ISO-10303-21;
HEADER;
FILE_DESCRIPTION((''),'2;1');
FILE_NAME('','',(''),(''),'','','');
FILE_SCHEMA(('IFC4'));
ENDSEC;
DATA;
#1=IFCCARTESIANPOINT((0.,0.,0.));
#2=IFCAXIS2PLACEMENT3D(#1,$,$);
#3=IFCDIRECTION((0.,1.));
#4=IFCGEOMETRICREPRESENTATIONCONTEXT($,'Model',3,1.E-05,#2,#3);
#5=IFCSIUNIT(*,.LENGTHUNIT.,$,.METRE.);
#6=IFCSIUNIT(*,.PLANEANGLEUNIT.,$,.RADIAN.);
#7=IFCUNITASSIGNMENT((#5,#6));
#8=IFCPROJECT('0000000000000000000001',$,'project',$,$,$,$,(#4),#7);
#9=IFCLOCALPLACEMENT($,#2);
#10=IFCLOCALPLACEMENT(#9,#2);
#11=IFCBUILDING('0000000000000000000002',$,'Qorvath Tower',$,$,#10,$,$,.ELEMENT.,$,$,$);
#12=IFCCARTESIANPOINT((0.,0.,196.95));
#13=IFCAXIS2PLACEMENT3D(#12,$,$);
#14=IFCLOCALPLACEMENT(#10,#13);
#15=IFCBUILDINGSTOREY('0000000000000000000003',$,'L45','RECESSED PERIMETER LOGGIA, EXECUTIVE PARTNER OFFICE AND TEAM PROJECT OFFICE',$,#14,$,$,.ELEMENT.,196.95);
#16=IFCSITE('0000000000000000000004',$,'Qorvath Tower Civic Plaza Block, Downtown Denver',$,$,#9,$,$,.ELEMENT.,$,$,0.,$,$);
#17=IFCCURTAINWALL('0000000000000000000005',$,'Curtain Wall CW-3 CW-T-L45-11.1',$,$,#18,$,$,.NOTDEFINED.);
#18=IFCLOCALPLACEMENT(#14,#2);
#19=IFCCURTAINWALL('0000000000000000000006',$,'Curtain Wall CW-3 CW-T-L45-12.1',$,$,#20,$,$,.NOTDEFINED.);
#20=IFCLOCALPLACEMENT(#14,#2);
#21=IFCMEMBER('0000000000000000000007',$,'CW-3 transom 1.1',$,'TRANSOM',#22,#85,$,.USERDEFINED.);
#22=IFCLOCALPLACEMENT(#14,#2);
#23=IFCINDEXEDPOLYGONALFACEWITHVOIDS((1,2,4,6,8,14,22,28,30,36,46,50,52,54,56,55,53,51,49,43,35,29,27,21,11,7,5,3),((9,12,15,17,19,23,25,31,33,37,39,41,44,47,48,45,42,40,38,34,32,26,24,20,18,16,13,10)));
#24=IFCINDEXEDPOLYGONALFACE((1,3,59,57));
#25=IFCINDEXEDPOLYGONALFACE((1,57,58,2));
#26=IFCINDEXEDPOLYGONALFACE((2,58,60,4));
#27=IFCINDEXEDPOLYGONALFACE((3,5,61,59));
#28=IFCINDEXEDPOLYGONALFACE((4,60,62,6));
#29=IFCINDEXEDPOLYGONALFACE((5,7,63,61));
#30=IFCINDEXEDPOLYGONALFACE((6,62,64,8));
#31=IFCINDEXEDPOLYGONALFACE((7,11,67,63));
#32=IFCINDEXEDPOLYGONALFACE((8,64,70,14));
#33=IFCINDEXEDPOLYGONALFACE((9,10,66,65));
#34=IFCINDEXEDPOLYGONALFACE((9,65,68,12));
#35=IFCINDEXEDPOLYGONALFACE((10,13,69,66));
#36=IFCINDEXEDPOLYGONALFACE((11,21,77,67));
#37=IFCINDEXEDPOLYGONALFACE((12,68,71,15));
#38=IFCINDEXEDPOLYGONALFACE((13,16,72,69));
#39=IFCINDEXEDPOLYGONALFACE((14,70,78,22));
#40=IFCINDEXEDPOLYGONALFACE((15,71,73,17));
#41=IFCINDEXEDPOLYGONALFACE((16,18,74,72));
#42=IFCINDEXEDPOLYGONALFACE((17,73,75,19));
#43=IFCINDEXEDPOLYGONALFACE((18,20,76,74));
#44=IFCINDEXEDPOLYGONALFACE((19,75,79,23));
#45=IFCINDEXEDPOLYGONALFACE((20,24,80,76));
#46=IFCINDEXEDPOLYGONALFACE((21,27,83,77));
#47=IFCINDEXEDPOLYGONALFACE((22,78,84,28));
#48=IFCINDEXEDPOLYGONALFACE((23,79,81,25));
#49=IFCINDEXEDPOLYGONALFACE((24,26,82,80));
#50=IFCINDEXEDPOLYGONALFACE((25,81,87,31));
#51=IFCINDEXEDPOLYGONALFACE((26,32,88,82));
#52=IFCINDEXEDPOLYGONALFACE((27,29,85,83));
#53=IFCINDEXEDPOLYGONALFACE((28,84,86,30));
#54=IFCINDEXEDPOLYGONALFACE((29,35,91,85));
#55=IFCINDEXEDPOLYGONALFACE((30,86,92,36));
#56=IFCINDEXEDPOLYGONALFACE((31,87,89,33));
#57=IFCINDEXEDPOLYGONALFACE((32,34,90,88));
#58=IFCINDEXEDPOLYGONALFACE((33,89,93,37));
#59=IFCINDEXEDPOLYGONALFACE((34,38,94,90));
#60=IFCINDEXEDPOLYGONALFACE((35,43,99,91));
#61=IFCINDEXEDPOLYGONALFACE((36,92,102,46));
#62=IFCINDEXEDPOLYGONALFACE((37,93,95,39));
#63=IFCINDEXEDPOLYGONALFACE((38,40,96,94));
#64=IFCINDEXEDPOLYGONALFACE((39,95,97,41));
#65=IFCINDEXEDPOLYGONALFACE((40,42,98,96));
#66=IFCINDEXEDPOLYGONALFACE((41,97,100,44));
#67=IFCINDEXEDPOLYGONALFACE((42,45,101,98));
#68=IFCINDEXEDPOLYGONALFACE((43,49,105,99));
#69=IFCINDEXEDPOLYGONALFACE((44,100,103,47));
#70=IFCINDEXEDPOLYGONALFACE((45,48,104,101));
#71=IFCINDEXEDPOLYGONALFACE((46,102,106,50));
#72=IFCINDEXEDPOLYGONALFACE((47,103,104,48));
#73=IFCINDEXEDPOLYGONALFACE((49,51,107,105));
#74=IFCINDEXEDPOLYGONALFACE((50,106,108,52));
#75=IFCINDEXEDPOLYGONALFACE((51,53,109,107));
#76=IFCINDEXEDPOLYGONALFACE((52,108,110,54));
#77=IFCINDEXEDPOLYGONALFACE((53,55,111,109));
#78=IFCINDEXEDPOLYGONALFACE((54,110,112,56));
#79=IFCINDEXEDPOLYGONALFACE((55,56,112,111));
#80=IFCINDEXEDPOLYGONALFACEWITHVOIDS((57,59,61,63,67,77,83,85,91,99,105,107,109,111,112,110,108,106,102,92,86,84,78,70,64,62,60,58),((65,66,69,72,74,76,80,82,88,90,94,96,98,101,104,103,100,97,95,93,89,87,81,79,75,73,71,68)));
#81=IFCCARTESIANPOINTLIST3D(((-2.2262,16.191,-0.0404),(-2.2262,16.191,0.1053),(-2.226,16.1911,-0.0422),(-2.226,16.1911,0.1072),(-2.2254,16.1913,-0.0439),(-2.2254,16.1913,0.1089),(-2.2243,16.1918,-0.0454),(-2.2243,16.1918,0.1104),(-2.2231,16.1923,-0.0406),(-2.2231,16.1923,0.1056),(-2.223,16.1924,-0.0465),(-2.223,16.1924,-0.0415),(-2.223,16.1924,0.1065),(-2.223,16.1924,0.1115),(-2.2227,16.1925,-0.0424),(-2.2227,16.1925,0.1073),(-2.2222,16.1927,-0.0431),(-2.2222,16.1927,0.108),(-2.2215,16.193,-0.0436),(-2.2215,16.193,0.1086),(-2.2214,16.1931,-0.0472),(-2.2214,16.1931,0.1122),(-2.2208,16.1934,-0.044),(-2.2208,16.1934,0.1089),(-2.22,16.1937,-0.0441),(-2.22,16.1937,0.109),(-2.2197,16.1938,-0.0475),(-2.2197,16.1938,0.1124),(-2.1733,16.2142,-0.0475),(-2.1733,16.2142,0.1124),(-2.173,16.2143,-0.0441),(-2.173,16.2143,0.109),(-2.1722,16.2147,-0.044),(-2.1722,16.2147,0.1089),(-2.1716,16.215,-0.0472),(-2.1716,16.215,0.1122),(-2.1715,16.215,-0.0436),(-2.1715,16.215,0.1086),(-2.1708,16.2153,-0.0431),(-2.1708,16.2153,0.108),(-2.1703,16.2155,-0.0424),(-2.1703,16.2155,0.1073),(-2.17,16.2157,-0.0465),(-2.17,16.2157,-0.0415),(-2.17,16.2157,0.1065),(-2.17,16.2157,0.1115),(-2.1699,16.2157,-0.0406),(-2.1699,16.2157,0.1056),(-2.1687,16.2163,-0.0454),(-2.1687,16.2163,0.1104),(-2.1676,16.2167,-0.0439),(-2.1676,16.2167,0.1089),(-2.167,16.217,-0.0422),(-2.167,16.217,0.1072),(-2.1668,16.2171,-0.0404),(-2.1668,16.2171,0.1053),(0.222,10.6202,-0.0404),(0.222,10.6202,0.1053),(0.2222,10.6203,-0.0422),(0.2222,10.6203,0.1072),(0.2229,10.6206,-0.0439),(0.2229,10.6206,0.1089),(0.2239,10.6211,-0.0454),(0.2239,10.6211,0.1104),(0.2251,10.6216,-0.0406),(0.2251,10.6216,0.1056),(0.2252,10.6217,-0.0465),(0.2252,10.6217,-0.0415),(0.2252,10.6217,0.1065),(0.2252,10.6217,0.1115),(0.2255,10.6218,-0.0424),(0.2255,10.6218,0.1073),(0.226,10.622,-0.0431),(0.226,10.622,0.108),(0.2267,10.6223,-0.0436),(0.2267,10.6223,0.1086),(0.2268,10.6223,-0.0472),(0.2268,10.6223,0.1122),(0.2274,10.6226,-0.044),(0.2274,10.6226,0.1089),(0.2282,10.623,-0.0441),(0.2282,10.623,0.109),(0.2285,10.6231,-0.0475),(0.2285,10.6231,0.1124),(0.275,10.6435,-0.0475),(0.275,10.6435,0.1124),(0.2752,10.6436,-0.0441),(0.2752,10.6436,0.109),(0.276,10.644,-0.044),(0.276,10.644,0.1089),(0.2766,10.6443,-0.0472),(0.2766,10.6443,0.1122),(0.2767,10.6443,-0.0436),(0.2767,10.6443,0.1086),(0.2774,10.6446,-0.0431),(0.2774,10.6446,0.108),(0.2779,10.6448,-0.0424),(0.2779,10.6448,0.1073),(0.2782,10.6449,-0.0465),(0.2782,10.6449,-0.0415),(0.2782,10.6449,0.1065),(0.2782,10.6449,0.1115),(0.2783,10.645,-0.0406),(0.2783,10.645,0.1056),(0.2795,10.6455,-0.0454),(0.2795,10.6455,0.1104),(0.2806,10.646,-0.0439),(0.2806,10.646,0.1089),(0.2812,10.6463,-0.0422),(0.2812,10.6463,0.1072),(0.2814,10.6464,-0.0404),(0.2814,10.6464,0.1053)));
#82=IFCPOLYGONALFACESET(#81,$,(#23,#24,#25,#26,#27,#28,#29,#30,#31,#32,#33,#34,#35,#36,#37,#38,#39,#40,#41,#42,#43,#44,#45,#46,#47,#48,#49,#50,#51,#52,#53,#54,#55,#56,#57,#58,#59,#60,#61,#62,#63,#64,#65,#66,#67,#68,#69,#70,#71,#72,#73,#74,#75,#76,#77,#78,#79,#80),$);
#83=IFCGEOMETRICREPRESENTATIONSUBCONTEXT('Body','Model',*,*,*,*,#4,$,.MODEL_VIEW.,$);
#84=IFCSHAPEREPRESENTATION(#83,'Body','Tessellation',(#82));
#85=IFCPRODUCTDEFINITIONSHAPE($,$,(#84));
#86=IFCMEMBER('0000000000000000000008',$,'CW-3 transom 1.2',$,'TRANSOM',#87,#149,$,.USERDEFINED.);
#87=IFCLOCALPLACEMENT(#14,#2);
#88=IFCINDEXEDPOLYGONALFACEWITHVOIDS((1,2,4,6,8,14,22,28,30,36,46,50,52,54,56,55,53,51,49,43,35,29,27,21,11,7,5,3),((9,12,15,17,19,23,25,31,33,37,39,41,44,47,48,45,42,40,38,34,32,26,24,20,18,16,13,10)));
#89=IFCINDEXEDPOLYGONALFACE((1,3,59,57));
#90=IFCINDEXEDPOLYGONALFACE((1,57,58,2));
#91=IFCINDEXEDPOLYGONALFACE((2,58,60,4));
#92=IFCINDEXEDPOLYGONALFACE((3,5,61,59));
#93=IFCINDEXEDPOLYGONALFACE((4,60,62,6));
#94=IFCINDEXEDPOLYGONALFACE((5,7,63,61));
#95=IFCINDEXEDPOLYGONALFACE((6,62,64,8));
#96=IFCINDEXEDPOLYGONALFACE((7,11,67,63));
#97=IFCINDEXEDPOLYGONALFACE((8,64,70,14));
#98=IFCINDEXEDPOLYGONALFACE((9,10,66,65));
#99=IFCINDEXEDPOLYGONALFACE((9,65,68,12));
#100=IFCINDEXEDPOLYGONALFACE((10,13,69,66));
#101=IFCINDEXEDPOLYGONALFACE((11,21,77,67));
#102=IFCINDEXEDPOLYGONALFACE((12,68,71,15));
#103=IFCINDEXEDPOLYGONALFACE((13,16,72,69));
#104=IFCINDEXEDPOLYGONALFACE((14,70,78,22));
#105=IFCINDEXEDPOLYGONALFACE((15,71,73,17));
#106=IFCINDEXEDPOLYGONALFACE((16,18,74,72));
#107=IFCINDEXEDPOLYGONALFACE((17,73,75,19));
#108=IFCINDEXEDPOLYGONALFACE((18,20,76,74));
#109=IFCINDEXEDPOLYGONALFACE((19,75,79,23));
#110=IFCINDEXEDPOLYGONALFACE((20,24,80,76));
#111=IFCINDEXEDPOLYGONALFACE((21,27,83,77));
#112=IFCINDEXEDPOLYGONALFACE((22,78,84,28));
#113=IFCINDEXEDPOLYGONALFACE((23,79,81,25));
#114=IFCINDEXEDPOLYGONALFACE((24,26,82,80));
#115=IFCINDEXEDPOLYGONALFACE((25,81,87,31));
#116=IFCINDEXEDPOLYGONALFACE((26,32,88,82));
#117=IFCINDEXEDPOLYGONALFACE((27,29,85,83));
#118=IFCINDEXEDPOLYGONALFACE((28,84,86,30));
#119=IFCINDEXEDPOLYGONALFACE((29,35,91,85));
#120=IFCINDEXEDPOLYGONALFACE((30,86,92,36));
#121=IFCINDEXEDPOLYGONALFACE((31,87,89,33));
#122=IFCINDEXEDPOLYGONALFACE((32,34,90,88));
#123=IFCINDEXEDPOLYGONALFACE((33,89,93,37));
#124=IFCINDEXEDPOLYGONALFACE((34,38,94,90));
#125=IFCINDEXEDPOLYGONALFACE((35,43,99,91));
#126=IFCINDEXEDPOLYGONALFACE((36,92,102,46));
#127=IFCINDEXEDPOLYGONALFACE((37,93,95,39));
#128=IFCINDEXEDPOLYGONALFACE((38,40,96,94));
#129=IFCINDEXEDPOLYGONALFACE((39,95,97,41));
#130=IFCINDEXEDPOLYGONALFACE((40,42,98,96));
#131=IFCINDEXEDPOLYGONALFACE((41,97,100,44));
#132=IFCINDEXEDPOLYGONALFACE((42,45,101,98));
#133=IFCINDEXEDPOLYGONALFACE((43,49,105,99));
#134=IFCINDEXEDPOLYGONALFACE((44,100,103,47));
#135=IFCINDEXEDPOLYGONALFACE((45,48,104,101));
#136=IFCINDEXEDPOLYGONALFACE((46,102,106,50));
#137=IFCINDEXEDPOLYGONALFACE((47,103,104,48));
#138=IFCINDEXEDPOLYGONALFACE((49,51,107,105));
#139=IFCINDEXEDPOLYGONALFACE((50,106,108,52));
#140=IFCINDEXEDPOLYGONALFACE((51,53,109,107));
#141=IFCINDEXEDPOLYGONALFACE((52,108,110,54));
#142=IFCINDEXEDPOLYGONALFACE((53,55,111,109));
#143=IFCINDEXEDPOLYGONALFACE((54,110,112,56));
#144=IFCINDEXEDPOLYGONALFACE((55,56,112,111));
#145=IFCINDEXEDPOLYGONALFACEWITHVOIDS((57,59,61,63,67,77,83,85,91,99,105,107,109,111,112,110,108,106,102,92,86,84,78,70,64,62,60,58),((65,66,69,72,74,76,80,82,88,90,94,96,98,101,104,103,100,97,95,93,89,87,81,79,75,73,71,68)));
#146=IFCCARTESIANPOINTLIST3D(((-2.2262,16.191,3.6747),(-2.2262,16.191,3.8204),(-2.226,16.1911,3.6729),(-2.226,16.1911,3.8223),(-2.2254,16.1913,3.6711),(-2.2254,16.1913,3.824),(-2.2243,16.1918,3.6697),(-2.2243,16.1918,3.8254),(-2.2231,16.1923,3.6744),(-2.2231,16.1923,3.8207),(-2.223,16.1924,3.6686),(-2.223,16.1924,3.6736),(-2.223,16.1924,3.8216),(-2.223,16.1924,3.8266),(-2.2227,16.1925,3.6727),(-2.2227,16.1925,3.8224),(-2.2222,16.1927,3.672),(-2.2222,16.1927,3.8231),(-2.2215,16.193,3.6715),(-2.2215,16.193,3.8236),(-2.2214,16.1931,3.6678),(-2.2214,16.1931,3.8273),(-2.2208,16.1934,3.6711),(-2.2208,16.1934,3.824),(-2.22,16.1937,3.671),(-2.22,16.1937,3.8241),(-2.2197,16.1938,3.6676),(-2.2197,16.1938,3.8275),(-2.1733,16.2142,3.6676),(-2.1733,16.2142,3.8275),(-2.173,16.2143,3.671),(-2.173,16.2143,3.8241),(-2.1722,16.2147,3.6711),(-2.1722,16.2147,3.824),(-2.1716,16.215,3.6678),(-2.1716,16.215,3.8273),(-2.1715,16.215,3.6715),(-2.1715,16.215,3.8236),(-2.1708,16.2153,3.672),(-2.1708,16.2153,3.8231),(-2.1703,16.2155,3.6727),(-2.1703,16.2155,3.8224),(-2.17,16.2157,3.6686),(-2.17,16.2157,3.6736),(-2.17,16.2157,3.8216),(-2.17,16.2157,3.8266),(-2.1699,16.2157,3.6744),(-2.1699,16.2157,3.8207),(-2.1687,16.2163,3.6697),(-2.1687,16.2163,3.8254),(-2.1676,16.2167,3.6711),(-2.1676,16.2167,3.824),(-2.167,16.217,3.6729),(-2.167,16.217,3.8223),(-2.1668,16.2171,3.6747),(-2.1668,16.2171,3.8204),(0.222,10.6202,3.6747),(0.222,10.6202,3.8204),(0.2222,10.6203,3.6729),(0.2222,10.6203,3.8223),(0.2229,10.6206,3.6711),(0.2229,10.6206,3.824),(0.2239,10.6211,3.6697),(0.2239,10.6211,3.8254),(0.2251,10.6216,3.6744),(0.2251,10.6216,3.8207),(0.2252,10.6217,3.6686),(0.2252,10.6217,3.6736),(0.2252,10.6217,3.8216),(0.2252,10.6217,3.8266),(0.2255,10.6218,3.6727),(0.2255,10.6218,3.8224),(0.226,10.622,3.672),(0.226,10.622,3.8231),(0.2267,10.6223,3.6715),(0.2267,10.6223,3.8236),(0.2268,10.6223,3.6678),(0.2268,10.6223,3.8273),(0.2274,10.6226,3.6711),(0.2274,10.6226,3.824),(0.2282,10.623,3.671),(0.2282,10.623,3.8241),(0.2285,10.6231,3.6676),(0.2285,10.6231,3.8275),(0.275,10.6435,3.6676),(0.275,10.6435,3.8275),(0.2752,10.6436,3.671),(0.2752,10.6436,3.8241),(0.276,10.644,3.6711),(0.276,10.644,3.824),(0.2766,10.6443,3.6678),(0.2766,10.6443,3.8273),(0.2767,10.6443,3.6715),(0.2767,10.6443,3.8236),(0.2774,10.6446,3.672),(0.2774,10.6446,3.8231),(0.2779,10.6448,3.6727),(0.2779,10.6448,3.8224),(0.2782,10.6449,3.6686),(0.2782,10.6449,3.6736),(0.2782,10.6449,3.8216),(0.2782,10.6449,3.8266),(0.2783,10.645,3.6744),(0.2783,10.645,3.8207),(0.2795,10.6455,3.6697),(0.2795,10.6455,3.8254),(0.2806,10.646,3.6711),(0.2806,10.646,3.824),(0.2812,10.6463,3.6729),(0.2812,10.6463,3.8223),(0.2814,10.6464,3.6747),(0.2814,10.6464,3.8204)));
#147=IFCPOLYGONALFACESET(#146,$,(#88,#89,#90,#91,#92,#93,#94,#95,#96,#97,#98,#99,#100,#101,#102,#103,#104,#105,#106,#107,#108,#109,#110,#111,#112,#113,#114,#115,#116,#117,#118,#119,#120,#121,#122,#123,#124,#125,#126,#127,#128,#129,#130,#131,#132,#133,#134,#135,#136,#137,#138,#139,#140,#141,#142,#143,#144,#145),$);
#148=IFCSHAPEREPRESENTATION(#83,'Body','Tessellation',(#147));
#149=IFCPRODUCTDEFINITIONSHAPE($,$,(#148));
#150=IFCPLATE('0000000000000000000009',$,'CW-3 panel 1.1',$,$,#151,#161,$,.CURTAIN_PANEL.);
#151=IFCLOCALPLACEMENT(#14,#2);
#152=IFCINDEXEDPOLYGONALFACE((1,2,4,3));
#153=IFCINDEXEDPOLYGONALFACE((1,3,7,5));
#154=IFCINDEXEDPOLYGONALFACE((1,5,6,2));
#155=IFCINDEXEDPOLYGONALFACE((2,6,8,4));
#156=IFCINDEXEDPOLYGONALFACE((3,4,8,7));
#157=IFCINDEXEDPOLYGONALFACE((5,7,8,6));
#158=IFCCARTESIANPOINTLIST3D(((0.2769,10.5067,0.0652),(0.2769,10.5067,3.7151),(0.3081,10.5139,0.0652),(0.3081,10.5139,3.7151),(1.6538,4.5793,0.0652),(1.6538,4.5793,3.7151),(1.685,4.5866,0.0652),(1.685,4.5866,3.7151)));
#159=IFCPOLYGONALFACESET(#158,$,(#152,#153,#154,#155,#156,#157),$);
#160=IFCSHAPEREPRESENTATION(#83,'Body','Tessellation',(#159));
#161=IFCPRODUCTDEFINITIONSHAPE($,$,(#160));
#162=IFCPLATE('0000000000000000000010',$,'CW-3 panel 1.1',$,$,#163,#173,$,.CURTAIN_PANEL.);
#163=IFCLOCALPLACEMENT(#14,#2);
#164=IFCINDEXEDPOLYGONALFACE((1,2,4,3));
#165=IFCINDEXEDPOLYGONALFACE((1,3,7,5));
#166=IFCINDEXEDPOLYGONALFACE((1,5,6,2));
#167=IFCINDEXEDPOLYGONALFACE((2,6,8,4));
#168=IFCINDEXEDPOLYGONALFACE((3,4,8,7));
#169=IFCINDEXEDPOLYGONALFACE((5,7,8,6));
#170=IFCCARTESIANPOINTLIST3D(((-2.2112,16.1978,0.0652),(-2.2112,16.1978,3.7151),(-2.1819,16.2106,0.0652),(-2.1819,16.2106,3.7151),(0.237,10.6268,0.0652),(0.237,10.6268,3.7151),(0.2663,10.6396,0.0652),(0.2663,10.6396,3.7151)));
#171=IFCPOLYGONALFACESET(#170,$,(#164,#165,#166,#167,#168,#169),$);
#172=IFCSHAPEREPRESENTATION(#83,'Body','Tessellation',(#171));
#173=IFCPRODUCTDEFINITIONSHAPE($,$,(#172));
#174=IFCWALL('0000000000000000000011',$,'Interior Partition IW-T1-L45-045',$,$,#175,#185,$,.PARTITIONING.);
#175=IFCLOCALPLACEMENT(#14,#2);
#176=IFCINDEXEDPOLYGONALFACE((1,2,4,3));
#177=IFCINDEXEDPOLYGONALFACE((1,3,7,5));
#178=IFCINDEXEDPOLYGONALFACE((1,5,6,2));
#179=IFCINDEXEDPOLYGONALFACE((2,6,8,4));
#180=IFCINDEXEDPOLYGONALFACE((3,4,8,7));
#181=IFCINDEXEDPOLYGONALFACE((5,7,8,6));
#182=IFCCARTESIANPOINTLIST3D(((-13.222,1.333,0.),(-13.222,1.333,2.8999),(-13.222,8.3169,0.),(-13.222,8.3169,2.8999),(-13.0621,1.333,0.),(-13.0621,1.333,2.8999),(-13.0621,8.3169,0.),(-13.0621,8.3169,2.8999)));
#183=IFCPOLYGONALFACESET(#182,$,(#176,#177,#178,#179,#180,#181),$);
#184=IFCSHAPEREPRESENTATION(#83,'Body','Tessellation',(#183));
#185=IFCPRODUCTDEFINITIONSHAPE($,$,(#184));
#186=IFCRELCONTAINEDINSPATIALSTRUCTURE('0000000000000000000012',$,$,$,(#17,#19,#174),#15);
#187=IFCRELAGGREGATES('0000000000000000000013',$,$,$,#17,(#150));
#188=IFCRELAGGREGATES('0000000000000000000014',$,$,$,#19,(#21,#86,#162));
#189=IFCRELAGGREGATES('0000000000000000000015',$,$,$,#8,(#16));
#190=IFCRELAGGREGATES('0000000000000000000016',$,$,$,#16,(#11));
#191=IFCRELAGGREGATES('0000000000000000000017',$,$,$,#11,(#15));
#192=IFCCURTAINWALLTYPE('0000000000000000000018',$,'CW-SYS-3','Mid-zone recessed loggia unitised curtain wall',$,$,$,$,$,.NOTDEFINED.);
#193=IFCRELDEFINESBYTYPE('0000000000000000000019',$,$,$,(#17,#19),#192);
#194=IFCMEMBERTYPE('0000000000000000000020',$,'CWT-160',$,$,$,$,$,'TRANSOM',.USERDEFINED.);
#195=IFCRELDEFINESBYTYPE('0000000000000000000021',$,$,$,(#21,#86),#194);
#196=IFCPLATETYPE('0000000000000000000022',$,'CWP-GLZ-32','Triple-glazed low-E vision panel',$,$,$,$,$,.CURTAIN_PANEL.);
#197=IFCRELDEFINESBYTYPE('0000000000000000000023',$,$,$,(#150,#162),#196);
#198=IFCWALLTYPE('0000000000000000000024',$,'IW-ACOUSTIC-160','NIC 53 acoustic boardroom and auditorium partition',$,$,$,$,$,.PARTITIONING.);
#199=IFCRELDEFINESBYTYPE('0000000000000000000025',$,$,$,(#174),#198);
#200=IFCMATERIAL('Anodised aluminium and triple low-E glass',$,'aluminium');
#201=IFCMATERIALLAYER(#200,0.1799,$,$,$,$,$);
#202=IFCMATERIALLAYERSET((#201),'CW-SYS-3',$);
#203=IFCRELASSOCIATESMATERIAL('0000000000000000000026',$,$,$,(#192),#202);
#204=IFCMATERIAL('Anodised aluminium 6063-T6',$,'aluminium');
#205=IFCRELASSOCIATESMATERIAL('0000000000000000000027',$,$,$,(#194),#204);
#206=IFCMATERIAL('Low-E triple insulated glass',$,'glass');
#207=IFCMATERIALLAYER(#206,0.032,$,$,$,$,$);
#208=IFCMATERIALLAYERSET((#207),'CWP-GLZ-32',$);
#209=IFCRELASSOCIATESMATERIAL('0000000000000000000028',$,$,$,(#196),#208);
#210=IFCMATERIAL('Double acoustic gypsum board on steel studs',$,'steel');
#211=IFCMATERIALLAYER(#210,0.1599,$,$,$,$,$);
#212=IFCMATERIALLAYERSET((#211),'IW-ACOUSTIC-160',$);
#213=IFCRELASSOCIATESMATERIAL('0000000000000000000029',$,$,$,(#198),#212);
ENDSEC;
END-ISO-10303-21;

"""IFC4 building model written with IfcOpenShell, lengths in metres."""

from ifc_helpers import new_model, si_unit, direction, frame, frame_2d, origin, origin_2d, place, context, subcontext, project, spatial, rectangle, hollow_rectangle, extrude, material, layer, layer_set, material_profile, profile_set, type_object, element, aggregate, save


model = new_model("IFC4")

# Units and contexts
model_context = context("Model", 3, precision=1e-05, world=origin(), true_north=direction((0.0, 1.0)))
body_context = subcontext(model_context, "Body", "Model", "MODEL_VIEW")
ifc_project = project(units=[si_unit("LENGTHUNIT", "METRE"), si_unit("PLANEANGLEUNIT", "RADIAN")], contexts=[model_context])

# Site, building, storey
site_placement = place(None, origin())
site = spatial("IfcSite", under=ifc_project, at=site_placement, Name="Qorvath Tower Civic Plaza Block, Downtown Denver", CompositionType="ELEMENT", RefElevation=0.0)
building_placement = place(site_placement, origin())
building = spatial("IfcBuilding", under=site, at=building_placement, Name="Qorvath Tower", CompositionType="ELEMENT")
storey_placement = place(building_placement, frame((0.0, 0.0, 196.95)))
storey = spatial("IfcBuildingStorey", under=building, at=storey_placement, Name="L45", Description="RECESSED PERIMETER LOGGIA, EXECUTIVE PARTNER OFFICE AND TEAM PROJECT OFFICE", CompositionType="ELEMENT", Elevation=196.95)

# Curtain walls
ifc_material_1 = material(Name="Anodised aluminium and triple low-E glass", Category="aluminium")
ifc_layer_1 = layer(ifc_material_1, 0.1799)
ifc_layer_set_1 = layer_set([ifc_layer_1], Name="CW-SYS-3")
curtain_wall_type = type_object("IfcCurtainWallType", Name="CW-SYS-3", Description="Mid-zone recessed loggia unitised curtain wall", PredefinedType="NOTDEFINED", material=ifc_layer_set_1)
curtain_wall_1_placement = place(storey_placement, origin())
curtain_wall_1 = element("IfcCurtainWall", 1, at=curtain_wall_1_placement, inside=storey, type_object=curtain_wall_type, Name="Curtain Wall CW-3 CW-T-L45-11.1", PredefinedType="NOTDEFINED")
curtain_wall_2_placement = place(storey_placement, origin())
curtain_wall_2 = element("IfcCurtainWall", 2, at=curtain_wall_2_placement, inside=storey, type_object=curtain_wall_type, Name="Curtain Wall CW-3 CW-T-L45-12.1", PredefinedType="NOTDEFINED")

# Members
ifc_material_2 = material(Name="Anodised aluminium 6063-T6", Category="aluminium")
ifc_material_profile_1 = material_profile(ifc_material_2, hollow_rectangle(XDim=0.0649, YDim=0.1599, WallThickness=0.0034, InnerFilletRadius=0.0034, OuterFilletRadius=0.0071, at=origin_2d()), Name="CWT 160x65")
ifc_profile_set_1 = profile_set([ifc_material_profile_1], Name="Anodised aluminium 6063-T6")
member_type_1 = type_object("IfcMemberType", Name="CWT-160", ElementType="TRANSOM", PredefinedType="USERDEFINED", material=ifc_profile_set_1)
member_1_placement = place(storey_placement, frame((0.2517, 10.6333, 0.0325), z_axis=(-0.402338, 0.915491, 0.0), x_axis=(-0.915491, -0.402338, 0.0)))
member_1 = element("IfcMember", 3, at=member_1_placement, type_object=member_type_1, Name="CW-3 transom 1.1", ObjectType="TRANSOM", PredefinedType="USERDEFINED", context=body_context, shape_type="SweptSolid", body=[
    extrude(hollow_rectangle(XDim=0.0649, YDim=0.1599, WallThickness=0.0034, InnerFilletRadius=0.0034, OuterFilletRadius=0.0071, at=origin_2d()), origin(), (0.0, 0.0, 1.0), 6.085),
])
member_2_placement = place(storey_placement, frame((0.2517, 10.6333, 3.7476), z_axis=(-0.402338, 0.915491, 0.0), x_axis=(-0.915491, -0.402338, 0.0)))
member_2 = element("IfcMember", 4, at=member_2_placement, type_object=member_type_1, Name="CW-3 transom 1.2", ObjectType="TRANSOM", PredefinedType="USERDEFINED", context=body_context, shape_type="SweptSolid", body=[
    extrude(hollow_rectangle(XDim=0.0649, YDim=0.1599, WallThickness=0.0034, InnerFilletRadius=0.0034, OuterFilletRadius=0.0071, at=origin_2d()), origin(), (0.0, 0.0, 1.0), 6.085),
])

# Plates
ifc_material_3 = material(Name="Low-E triple insulated glass", Category="glass")
ifc_layer_2 = layer(ifc_material_3, 0.032)
ifc_layer_set_2 = layer_set([ifc_layer_2], Name="CWP-GLZ-32")
plate_type = type_object("IfcPlateType", Name="CWP-GLZ-32", Description="Triple-glazed low-E vision panel", PredefinedType="CURTAIN_PANEL", material=ifc_layer_set_2)
plate_1_placement = place(storey_placement, frame((0.981, 7.5466, 0.0652), z_axis=(0.0, 0.0, 1.0), x_axis=(-0.226272, 0.974064, 0.0)))
plate_1 = element("IfcPlate", 5, at=plate_1_placement, type_object=plate_type, Name="CW-3 panel 1.1", PredefinedType="CURTAIN_PANEL", context=body_context, shape_type="SweptSolid", body=[
    extrude(rectangle(XDim=6.0852, YDim=0.032, at=origin_2d()), origin(), (0.0, 0.0, 1.0), 3.6499),
])
aggregate(curtain_wall_1, [plate_1])
plate_2_placement = place(storey_placement, frame((-0.9724, 13.4187, 0.0652), z_axis=(0.0, 0.0, 1.0), x_axis=(-0.402321, 0.915499, 0.0)))
plate_2 = element("IfcPlate", 6, at=plate_2_placement, type_object=plate_type, Name="CW-3 panel 1.1", PredefinedType="CURTAIN_PANEL", context=body_context, shape_type="SweptSolid", body=[
    extrude(rectangle(XDim=6.0852, YDim=0.032, at=origin_2d()), origin(), (0.0, 0.0, 1.0), 3.6499),
])
aggregate(curtain_wall_2, [member_1, member_2, plate_2])

# Wall
ifc_material_4 = material(Name="Double acoustic gypsum board on steel studs", Category="steel")
ifc_layer_3 = layer(ifc_material_4, 0.1599)
ifc_layer_set_3 = layer_set([ifc_layer_3], Name="IW-ACOUSTIC-160")
wall_type_1 = type_object("IfcWallType", Name="IW-ACOUSTIC-160", Description="NIC 53 acoustic boardroom and auditorium partition", PredefinedType="PARTITIONING", material=ifc_layer_set_3)
wall_1_placement = place(storey_placement, frame((-13.1421, 8.3169, 0.0), z_axis=(0.0, 0.0, 1.0), x_axis=(0.0, -1.0, 0.0)))
element("IfcWall", 7, at=wall_1_placement, inside=storey, type_object=wall_type_1, Name="Interior Partition IW-T1-L45-045", PredefinedType="PARTITIONING", context=body_context, shape_type="SweptSolid", body=[
    extrude(rectangle(XDim=6.9839, YDim=0.1599, at=frame_2d((3.4919, 0.0))), origin(), (0.0, 0.0, 1.0), 2.8999),
])

save(model, "model.ifc")
